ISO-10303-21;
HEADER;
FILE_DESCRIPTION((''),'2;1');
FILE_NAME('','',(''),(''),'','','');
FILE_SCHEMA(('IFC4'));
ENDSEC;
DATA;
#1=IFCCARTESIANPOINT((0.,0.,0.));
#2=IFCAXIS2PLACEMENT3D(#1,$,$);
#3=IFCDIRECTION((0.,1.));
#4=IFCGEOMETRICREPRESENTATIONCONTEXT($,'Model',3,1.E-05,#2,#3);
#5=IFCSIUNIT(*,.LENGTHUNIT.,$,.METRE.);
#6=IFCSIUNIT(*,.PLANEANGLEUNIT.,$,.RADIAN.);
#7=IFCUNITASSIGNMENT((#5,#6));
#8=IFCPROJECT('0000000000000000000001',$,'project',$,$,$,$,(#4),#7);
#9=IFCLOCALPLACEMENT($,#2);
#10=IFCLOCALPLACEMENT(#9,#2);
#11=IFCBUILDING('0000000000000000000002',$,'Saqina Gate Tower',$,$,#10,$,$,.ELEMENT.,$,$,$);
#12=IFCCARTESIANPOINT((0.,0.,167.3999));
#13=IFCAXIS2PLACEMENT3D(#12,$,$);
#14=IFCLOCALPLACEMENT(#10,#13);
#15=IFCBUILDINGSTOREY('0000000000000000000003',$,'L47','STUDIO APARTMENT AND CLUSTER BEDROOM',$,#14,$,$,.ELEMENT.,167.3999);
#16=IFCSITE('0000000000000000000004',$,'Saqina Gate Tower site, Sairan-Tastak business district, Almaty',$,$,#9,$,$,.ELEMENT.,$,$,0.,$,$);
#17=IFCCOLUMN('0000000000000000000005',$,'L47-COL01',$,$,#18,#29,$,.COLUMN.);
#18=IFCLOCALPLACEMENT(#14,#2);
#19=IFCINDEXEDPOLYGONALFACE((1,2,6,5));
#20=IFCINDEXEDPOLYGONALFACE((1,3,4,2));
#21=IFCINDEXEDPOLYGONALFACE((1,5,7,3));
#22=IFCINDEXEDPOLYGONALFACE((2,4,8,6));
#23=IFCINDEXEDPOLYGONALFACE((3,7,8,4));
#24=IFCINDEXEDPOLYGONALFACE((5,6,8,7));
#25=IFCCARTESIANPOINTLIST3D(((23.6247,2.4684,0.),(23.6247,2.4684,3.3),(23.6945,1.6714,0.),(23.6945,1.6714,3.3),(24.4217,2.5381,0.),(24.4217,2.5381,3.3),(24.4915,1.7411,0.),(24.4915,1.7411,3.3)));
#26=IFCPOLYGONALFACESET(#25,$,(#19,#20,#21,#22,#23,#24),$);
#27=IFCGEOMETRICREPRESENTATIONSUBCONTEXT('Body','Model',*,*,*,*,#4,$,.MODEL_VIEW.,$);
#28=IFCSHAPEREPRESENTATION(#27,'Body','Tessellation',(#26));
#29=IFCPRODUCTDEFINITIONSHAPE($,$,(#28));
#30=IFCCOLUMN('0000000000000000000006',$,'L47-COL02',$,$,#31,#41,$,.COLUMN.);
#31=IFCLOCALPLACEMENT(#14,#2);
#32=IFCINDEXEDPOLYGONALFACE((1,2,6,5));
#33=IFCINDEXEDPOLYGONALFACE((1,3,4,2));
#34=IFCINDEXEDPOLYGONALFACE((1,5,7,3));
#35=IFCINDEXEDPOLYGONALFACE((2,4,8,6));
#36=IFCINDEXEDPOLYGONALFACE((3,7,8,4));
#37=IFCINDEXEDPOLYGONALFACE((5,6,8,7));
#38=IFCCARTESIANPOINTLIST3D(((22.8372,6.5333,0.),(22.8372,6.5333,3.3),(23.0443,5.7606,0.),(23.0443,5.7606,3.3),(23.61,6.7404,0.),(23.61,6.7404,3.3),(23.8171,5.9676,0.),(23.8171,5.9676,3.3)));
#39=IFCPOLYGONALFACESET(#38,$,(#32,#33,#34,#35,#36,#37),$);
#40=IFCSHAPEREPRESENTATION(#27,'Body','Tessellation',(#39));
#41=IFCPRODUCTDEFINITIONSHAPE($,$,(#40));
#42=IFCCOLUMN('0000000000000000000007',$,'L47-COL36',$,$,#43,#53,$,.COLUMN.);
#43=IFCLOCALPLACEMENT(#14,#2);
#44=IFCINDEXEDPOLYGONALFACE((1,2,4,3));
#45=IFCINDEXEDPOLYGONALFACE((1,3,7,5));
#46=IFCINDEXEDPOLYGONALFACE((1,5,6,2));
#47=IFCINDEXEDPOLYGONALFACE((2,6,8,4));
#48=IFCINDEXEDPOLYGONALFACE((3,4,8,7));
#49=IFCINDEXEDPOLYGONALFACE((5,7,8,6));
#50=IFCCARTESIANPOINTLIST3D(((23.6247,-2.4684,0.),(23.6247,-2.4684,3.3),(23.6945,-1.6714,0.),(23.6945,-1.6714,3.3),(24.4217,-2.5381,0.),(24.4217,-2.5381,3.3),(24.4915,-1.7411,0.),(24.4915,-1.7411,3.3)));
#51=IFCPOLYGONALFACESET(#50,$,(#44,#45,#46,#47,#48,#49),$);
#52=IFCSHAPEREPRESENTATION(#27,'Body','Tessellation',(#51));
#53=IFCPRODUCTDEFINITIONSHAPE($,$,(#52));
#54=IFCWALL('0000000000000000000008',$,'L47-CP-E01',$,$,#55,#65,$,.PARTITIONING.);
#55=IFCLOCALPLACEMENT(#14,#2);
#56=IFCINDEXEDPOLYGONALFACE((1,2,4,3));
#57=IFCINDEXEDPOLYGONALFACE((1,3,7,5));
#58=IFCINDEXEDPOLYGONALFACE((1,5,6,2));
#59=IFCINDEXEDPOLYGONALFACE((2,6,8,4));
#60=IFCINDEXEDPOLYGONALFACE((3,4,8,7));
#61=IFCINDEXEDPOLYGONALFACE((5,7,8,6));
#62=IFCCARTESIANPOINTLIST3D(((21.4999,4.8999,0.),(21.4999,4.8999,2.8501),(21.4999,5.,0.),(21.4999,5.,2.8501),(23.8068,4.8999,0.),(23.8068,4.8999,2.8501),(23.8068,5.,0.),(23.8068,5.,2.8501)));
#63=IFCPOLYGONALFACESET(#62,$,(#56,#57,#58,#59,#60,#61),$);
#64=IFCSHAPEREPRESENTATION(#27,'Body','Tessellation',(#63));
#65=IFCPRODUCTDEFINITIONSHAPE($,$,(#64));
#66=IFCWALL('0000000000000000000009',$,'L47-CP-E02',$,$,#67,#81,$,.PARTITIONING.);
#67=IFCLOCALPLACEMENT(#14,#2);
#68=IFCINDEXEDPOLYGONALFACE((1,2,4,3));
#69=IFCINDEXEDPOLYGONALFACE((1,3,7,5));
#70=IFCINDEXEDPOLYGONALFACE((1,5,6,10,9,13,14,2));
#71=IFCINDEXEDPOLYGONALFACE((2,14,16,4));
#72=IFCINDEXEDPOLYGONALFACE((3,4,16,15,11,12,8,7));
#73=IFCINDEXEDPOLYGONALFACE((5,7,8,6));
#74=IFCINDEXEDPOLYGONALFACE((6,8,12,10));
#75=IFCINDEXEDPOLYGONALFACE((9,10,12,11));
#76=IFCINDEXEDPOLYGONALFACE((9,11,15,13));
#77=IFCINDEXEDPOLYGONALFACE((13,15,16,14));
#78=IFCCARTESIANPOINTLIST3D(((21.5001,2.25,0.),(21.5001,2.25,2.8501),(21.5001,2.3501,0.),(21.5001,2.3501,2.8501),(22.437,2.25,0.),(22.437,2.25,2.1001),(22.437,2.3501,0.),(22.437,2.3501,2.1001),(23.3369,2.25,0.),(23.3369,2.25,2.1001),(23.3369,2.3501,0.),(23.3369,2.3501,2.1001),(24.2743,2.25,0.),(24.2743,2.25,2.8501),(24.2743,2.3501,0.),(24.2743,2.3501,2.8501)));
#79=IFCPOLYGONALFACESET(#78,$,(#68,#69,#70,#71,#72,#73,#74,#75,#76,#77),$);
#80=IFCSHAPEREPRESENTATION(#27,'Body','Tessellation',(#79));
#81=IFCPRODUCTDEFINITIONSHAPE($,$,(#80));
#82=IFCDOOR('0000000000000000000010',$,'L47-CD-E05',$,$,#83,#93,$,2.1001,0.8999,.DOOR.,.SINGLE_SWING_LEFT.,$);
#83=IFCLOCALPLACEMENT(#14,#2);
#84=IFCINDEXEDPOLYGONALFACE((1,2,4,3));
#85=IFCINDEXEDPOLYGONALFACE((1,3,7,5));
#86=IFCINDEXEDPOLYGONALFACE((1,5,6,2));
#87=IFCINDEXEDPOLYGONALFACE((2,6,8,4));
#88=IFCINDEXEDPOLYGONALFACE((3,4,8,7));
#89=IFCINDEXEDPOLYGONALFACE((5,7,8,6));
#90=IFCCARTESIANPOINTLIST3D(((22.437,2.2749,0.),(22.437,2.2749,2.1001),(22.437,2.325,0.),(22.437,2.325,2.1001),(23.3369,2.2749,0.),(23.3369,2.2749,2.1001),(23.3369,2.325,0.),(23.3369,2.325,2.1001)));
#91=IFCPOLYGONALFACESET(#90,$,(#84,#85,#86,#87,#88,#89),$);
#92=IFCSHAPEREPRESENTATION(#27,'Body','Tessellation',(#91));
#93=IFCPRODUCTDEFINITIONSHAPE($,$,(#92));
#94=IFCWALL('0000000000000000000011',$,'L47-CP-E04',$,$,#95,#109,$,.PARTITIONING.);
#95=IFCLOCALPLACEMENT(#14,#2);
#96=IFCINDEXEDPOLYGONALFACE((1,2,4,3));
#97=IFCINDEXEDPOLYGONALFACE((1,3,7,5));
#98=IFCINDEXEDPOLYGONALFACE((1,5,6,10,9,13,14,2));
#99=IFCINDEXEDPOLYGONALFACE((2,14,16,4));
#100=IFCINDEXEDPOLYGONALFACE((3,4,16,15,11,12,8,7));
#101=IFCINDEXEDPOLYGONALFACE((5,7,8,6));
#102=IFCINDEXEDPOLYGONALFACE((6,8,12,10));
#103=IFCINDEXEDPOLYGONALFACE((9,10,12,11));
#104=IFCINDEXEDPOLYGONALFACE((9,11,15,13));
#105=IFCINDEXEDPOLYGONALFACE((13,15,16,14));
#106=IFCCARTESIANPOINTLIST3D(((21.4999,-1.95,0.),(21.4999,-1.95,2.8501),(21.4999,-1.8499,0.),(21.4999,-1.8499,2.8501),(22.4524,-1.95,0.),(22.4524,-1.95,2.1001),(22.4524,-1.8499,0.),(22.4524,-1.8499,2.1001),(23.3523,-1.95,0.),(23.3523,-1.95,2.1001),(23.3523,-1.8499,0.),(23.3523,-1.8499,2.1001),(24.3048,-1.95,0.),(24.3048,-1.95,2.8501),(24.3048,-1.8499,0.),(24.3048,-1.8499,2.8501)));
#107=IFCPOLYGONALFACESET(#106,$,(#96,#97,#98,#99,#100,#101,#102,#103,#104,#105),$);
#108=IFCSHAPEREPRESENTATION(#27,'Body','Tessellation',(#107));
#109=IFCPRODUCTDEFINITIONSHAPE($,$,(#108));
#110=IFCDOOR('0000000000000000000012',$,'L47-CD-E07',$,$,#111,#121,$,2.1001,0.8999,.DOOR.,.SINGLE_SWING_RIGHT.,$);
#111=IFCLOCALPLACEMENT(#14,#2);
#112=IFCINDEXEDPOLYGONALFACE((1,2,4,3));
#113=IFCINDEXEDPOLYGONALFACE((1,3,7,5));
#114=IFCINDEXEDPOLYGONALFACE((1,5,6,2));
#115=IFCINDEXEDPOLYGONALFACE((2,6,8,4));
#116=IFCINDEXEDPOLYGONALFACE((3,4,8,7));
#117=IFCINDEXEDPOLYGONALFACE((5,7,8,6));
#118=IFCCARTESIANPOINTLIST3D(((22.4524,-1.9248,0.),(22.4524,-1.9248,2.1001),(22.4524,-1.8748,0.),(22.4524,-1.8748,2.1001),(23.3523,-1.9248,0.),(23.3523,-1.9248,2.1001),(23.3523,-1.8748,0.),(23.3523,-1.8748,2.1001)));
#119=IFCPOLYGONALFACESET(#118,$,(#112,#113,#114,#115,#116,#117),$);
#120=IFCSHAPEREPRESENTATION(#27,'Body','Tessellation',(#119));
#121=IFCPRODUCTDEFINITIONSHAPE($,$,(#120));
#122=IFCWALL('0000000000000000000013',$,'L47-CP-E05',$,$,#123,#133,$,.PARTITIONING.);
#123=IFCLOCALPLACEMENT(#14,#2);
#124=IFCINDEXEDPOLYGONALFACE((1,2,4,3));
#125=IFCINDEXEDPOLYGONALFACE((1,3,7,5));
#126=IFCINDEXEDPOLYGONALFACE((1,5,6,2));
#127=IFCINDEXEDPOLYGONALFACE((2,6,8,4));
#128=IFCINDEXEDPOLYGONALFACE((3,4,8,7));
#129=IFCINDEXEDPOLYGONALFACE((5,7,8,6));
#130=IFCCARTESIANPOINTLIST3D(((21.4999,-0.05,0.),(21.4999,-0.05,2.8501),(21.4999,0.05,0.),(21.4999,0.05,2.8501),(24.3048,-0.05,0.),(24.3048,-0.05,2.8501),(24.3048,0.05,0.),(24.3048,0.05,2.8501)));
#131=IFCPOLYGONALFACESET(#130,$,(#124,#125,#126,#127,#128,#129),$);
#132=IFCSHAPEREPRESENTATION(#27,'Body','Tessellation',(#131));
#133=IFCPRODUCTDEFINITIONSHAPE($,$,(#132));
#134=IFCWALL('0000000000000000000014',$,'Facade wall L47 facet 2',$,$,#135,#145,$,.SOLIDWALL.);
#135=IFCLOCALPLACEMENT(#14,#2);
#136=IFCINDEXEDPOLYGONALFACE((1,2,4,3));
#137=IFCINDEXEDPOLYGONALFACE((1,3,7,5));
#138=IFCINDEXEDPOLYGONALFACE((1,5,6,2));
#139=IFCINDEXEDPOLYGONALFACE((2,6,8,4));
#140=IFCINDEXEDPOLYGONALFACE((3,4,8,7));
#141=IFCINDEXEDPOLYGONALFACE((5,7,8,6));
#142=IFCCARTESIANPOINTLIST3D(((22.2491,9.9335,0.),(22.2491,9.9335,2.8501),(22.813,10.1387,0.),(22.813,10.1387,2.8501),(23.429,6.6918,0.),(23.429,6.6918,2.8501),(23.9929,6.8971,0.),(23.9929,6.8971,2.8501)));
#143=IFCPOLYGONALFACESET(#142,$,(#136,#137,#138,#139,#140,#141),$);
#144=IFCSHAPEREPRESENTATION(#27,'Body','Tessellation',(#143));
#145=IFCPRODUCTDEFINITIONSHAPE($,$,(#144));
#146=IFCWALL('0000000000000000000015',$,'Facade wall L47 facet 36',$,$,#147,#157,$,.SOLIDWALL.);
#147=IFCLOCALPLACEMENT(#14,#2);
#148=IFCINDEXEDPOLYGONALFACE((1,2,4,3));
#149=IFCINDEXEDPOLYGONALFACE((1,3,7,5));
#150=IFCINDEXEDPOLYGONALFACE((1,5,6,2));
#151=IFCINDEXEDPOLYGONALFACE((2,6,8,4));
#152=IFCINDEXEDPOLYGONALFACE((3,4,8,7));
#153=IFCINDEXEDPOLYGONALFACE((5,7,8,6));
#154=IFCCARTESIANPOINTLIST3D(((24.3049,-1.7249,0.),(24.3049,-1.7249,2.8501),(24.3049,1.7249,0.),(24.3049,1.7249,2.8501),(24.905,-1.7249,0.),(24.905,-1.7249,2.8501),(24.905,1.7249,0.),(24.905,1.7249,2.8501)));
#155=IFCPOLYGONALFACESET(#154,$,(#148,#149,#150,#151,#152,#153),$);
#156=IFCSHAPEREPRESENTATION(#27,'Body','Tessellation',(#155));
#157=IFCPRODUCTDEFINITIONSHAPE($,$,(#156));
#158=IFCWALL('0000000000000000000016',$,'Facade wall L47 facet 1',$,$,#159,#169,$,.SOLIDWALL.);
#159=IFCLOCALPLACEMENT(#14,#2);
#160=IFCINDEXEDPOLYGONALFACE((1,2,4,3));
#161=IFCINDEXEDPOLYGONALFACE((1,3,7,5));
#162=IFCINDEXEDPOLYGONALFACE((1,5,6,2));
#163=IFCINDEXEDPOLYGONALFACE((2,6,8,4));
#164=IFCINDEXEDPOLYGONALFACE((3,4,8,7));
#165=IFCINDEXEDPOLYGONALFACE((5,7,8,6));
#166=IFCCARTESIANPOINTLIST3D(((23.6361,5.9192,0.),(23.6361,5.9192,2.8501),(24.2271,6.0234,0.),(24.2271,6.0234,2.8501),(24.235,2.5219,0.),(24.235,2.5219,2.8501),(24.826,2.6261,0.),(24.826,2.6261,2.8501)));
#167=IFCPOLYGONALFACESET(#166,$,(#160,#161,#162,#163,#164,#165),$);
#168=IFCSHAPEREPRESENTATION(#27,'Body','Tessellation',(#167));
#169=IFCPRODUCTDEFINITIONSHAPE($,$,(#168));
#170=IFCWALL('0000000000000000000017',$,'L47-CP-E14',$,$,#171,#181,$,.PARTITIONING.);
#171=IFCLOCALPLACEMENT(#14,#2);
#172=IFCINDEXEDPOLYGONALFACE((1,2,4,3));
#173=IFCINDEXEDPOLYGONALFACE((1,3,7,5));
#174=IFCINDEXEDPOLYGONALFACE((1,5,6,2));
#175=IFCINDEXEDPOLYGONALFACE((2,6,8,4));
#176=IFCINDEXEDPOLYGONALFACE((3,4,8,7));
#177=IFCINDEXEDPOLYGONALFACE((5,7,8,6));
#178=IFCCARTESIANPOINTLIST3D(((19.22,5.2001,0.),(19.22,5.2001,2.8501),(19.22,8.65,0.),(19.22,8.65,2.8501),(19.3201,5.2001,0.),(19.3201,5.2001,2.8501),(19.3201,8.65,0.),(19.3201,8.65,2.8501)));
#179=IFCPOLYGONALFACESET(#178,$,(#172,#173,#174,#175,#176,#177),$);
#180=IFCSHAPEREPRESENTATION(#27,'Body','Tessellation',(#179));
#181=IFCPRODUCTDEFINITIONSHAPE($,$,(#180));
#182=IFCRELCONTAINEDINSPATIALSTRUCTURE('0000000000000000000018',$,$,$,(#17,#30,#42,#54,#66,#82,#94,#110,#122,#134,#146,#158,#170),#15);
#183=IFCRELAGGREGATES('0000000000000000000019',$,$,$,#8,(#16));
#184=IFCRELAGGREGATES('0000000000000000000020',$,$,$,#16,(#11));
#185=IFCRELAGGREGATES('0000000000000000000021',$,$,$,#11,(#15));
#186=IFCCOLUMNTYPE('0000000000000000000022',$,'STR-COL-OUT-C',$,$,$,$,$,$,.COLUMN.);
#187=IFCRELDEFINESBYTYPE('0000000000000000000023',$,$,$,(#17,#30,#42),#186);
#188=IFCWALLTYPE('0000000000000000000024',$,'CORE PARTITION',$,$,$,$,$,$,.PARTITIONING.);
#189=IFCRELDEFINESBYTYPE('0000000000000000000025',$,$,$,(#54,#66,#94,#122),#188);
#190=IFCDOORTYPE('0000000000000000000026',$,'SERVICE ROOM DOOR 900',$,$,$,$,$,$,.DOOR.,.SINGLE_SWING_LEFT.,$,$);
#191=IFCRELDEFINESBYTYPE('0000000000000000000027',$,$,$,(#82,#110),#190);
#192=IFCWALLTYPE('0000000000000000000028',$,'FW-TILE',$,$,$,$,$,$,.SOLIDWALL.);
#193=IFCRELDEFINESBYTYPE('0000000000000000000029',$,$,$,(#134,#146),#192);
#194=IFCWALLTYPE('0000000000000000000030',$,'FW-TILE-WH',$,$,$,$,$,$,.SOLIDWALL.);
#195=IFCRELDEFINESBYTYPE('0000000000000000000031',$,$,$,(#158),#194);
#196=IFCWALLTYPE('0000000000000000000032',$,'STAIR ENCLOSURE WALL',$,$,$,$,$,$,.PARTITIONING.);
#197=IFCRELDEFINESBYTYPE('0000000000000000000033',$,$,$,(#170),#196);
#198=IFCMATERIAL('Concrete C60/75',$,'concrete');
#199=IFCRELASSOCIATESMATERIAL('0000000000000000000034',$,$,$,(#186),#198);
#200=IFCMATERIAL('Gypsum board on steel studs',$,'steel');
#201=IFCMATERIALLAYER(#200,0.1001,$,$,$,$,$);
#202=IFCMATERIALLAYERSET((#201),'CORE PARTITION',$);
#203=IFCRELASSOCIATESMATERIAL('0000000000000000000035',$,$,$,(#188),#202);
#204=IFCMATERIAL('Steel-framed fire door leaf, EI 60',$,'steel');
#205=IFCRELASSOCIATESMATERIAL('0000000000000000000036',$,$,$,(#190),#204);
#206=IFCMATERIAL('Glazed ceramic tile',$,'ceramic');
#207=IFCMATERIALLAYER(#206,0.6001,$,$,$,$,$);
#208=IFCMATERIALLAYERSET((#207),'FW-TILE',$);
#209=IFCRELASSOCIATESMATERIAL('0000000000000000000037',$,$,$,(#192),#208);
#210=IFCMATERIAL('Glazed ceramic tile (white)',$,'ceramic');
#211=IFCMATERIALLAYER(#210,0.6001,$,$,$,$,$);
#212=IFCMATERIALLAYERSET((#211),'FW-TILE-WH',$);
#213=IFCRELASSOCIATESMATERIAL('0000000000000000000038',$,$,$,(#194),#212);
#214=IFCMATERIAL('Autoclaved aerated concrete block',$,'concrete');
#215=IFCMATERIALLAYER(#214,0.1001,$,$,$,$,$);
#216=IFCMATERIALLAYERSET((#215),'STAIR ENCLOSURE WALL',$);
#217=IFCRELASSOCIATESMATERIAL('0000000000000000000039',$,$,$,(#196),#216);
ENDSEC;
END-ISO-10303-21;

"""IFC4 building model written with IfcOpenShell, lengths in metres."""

from ifc_helpers import new_model, si_unit, direction, frame, frame_2d, origin, origin_2d, place, context, subcontext, project, spatial, rectangle, extrude, material, layer, layer_set, material_profile, profile_set, type_object, element, fill, save


model = new_model("IFC4")

# Units and contexts
model_context = context("Model", 3, precision=1e-05, world=origin(), true_north=direction((0.0, 1.0)))
body_context = subcontext(model_context, "Body", "Model", "MODEL_VIEW")
ifc_project = project(units=[si_unit("LENGTHUNIT", "METRE"), si_unit("PLANEANGLEUNIT", "RADIAN")], contexts=[model_context])

# Site, building, storey
site_placement = place(None, origin())
site = spatial("IfcSite", under=ifc_project, at=site_placement, Name="Saqina Gate Tower site, Sairan-Tastak business district, Almaty", CompositionType="ELEMENT", RefElevation=0.0)
building_placement = place(site_placement, origin())
building = spatial("IfcBuilding", under=site, at=building_placement, Name="Saqina Gate Tower", CompositionType="ELEMENT")
storey_placement = place(building_placement, frame((0.0, 0.0, 167.3999)))
storey = spatial("IfcBuildingStorey", under=building, at=storey_placement, Name="L47", Description="STUDIO APARTMENT AND CLUSTER BEDROOM", CompositionType="ELEMENT", Elevation=167.3999)

# Columns
ifc_material_1 = material(Name="Concrete C60/75", Category="concrete")
ifc_material_profile = material_profile(ifc_material_1, rectangle(XDim=0.8, YDim=0.8, at=origin_2d()), Name="RC 800x800")
ifc_profile_set = profile_set([ifc_material_profile], Name="Concrete C60/75")
column_type = type_object("IfcColumnType", Name="STR-COL-OUT-C", PredefinedType="COLUMN", material=ifc_profile_set)
for number, where, z_axis, x_axis, name in (
    (1, (24.0581, 2.1047, 0.0), (0.0, 0.0, 1.0), (0.996195, 0.087156, 0.0), "L47-COL01"),
    (2, (23.3271, 6.2505, 0.0), (0.0, 0.0, 1.0), (0.965926, 0.258819, 0.0), "L47-COL02"),
    (3, (24.0581, -2.1047, 0.0), (0.0, 0.0, 1.0), (0.996195, -0.087156, 0.0), "L47-COL36"),
):
    element("IfcColumn", number, at=place(storey_placement, frame(where, z_axis=z_axis, x_axis=x_axis)), inside=storey, type_object=column_type, Name=name, PredefinedType="COLUMN", context=body_context, shape_type="SweptSolid", body=[
        extrude(rectangle(XDim=0.8, YDim=0.8, at=origin_2d()), origin(), (0.0, 0.0, 1.0), 3.3),
    ])

# Wall
ifc_material_2 = material(Name="Gypsum board on steel studs", Category="steel")
ifc_layer_1 = layer(ifc_material_2, 0.1001)
ifc_layer_set_1 = layer_set([ifc_layer_1], Name="CORE PARTITION")
wall_type_1 = type_object("IfcWallType", Name="CORE PARTITION", PredefinedType="PARTITIONING", material=ifc_layer_set_1)
wall_1_placement = place(storey_placement, frame((21.5, 4.95, 0.0), z_axis=(0.0, 0.0, 1.0), x_axis=(1.0, 0.0, 0.0)))
element("IfcWall", 4, at=wall_1_placement, inside=storey, type_object=wall_type_1, Name="L47-CP-E01", PredefinedType="PARTITIONING", context=body_context, shape_type="SweptSolid", body=[
    extrude(rectangle(XDim=2.3069, YDim=0.1001, at=frame_2d((1.1533, 0.0))), origin(), (0.0, 0.0, 1.0), 2.8501),
])

# Walls, openings, doors
wall_2_placement = place(storey_placement, frame((21.5, 2.3, 0.0), z_axis=(0.0, 0.0, 1.0), x_axis=(1.0, 0.0, 0.0)))
wall_2 = element("IfcWall", 5, at=wall_2_placement, inside=storey, type_object=wall_type_1, Name="L47-CP-E02", PredefinedType="PARTITIONING", context=body_context, shape_type="SweptSolid", body=[
    extrude(rectangle(XDim=2.7742, YDim=0.1001, at=frame_2d((1.3872, 0.0))), origin(), (0.0, 0.0, 1.0), 2.8501),
])
opening_1_placement = place(wall_2_placement, frame((0.937, 0.0, 0.0)))
opening_1 = element("IfcOpeningElement", 6, at=opening_1_placement, cuts=wall_2, PredefinedType="OPENING", context=body_context, shape_type="SweptSolid", body=[
    extrude(rectangle(XDim=0.8999, YDim=2.1001, at=frame_2d((0.45, 1.05))), frame((0.0, 0.062, 0.0), z_axis=(0.0, -1.0, 0.0), x_axis=(1.0, 0.0, 0.0)), (0.0, 0.0, 1.0), 0.124),
])
ifc_material_3 = material(Name="Steel-framed fire door leaf, EI 60", Category="steel")
door_type = type_object("IfcDoorType", Name="SERVICE ROOM DOOR 900", OperationType="SINGLE_SWING_LEFT", PredefinedType="DOOR", material=ifc_material_3)
door_1_placement = place(opening_1_placement, origin())
door_1 = element("IfcDoor", 7, at=door_1_placement, inside=storey, type_object=door_type, Name="L47-CD-E05", OperationType="SINGLE_SWING_LEFT", OverallHeight=2.1001, OverallWidth=0.8999, PredefinedType="DOOR", context=body_context, shape_type="SweptSolid", body=[
    extrude(rectangle(XDim=0.8999, YDim=2.1001, at=frame_2d((0.45, 1.05))), frame((0.0, 0.0249, 0.0), z_axis=(0.0, -1.0, 0.0), x_axis=(1.0, 0.0, 0.0)), (0.0, 0.0, 1.0), 0.05),
])
fill(opening_1, door_1)
wall_3_placement = place(storey_placement, frame((21.5, -1.8999, 0.0), z_axis=(0.0, 0.0, 1.0), x_axis=(1.0, 0.0, 0.0)))
wall_3 = element("IfcWall", 8, at=wall_3_placement, inside=storey, type_object=wall_type_1, Name="L47-CP-E04", PredefinedType="PARTITIONING", context=body_context, shape_type="SweptSolid", body=[
    extrude(rectangle(XDim=2.8049, YDim=0.1001, at=frame_2d((1.4023, 0.0))), origin(), (0.0, 0.0, 1.0), 2.8501),
])
opening_2_placement = place(wall_3_placement, frame((0.9524, 0.0, 0.0)))
opening_2 = element("IfcOpeningElement", 9, at=opening_2_placement, cuts=wall_3, PredefinedType="OPENING", context=body_context, shape_type="SweptSolid", body=[
    extrude(rectangle(XDim=0.8999, YDim=2.1001, at=frame_2d((0.45, 1.05))), frame((0.0, 0.062, 0.0), z_axis=(0.0, -1.0, 0.0), x_axis=(1.0, 0.0, 0.0)), (0.0, 0.0, 1.0), 0.124),
])
door_2_placement = place(opening_2_placement, frame((0.8999, 0.0, 0.0), z_axis=(0.0, 0.0, 1.0), x_axis=(-1.0, 0.0, 0.0)))
door_2 = element("IfcDoor", 10, at=door_2_placement, inside=storey, type_object=door_type, Name="L47-CD-E07", OperationType="SINGLE_SWING_RIGHT", OverallHeight=2.1001, OverallWidth=0.8999, PredefinedType="DOOR", context=body_context, shape_type="SweptSolid", body=[
    extrude(rectangle(XDim=0.8999, YDim=2.1001, at=frame_2d((0.45, 1.05))), frame((0.0, 0.0249, 0.0), z_axis=(0.0, -1.0, 0.0), x_axis=(1.0, 0.0, 0.0)), (0.0, 0.0, 1.0), 0.05),
])
fill(opening_2, door_2)

# Walls
wall_4_placement = place(storey_placement, frame((21.5, 0.0, 0.0), z_axis=(0.0, 0.0, 1.0), x_axis=(1.0, 0.0, 0.0)))
element("IfcWall", 11, at=wall_4_placement, inside=storey, type_object=wall_type_1, Name="L47-CP-E05", PredefinedType="PARTITIONING", context=body_context, shape_type="SweptSolid", body=[
    extrude(rectangle(XDim=2.8049, YDim=0.1001, at=frame_2d((1.4023, 0.0))), origin(), (0.0, 0.0, 1.0), 2.8501),
])
ifc_material_4 = material(Name="Glazed ceramic tile", Category="ceramic")
ifc_layer_2 = layer(ifc_material_4, 0.6001)
ifc_layer_set_2 = layer_set([ifc_layer_2], Name="FW-TILE")
wall_type_2 = type_object("IfcWallType", Name="FW-TILE", PredefinedType="SOLIDWALL", material=ifc_layer_set_2)
for number, where, z_axis, x_axis, name in (
    (12, (23.7109, 6.7944, 0.0), (0.0, 0.0, 1.0), (-0.342033, 0.939688, 0.0), "Facade wall L47 facet 2"),
    (13, (24.605, -1.7249, 0.0), (0.0, 0.0, 1.0), (0.0, 1.0, 0.0), "Facade wall L47 facet 36"),
):
    element("IfcWall", number, at=place(storey_placement, frame(where, z_axis=z_axis, x_axis=x_axis)), inside=storey, type_object=wall_type_2, Name=name, PredefinedType="SOLIDWALL", context=body_context, shape_type="SweptSolid", body=[
        extrude(rectangle(XDim=3.4497, YDim=0.6001, at=frame_2d((1.7249, 0.0))), origin(), (0.0, 0.0, 1.0), 2.8501),
    ])
ifc_material_5 = material(Name="Glazed ceramic tile (white)", Category="ceramic")
ifc_layer_3 = layer(ifc_material_5, 0.6001)
ifc_layer_set_3 = layer_set([ifc_layer_3], Name="FW-TILE-WH")
wall_type_3 = type_object("IfcWallType", Name="FW-TILE-WH", PredefinedType="SOLIDWALL", material=ifc_layer_set_3)
wall_5_placement = place(storey_placement, frame((24.5305, 2.574, 0.0), z_axis=(0.0, 0.0, 1.0), x_axis=(-0.173608, 0.984815, 0.0)))
element("IfcWall", 14, at=wall_5_placement, inside=storey, type_object=wall_type_3, Name="Facade wall L47 facet 1", PredefinedType="SOLIDWALL", context=body_context, shape_type="SweptSolid", body=[
    extrude(rectangle(XDim=3.4497, YDim=0.6001, at=frame_2d((1.7249, 0.0))), origin(), (0.0, 0.0, 1.0), 2.8501),
])
ifc_material_6 = material(Name="Autoclaved aerated concrete block", Category="concrete")
ifc_layer_4 = layer(ifc_material_6, 0.1001)
ifc_layer_set_4 = layer_set([ifc_layer_4], Name="STAIR ENCLOSURE WALL")
wall_type_4 = type_object("IfcWallType", Name="STAIR ENCLOSURE WALL", PredefinedType="PARTITIONING", material=ifc_layer_set_4)
wall_6_placement = place(storey_placement, frame((19.27, 5.2, 0.0), z_axis=(0.0, 0.0, 1.0), x_axis=(0.0, 1.0, 0.0)))
element("IfcWall", 15, at=wall_6_placement, inside=storey, type_object=wall_type_4, Name="L47-CP-E14", PredefinedType="PARTITIONING", context=body_context, shape_type="SweptSolid", body=[
    extrude(rectangle(XDim=3.45, YDim=0.1001, at=frame_2d((1.7251, 0.0))), origin(), (0.0, 0.0, 1.0), 2.8501),
])

save(model, "model.ifc")
